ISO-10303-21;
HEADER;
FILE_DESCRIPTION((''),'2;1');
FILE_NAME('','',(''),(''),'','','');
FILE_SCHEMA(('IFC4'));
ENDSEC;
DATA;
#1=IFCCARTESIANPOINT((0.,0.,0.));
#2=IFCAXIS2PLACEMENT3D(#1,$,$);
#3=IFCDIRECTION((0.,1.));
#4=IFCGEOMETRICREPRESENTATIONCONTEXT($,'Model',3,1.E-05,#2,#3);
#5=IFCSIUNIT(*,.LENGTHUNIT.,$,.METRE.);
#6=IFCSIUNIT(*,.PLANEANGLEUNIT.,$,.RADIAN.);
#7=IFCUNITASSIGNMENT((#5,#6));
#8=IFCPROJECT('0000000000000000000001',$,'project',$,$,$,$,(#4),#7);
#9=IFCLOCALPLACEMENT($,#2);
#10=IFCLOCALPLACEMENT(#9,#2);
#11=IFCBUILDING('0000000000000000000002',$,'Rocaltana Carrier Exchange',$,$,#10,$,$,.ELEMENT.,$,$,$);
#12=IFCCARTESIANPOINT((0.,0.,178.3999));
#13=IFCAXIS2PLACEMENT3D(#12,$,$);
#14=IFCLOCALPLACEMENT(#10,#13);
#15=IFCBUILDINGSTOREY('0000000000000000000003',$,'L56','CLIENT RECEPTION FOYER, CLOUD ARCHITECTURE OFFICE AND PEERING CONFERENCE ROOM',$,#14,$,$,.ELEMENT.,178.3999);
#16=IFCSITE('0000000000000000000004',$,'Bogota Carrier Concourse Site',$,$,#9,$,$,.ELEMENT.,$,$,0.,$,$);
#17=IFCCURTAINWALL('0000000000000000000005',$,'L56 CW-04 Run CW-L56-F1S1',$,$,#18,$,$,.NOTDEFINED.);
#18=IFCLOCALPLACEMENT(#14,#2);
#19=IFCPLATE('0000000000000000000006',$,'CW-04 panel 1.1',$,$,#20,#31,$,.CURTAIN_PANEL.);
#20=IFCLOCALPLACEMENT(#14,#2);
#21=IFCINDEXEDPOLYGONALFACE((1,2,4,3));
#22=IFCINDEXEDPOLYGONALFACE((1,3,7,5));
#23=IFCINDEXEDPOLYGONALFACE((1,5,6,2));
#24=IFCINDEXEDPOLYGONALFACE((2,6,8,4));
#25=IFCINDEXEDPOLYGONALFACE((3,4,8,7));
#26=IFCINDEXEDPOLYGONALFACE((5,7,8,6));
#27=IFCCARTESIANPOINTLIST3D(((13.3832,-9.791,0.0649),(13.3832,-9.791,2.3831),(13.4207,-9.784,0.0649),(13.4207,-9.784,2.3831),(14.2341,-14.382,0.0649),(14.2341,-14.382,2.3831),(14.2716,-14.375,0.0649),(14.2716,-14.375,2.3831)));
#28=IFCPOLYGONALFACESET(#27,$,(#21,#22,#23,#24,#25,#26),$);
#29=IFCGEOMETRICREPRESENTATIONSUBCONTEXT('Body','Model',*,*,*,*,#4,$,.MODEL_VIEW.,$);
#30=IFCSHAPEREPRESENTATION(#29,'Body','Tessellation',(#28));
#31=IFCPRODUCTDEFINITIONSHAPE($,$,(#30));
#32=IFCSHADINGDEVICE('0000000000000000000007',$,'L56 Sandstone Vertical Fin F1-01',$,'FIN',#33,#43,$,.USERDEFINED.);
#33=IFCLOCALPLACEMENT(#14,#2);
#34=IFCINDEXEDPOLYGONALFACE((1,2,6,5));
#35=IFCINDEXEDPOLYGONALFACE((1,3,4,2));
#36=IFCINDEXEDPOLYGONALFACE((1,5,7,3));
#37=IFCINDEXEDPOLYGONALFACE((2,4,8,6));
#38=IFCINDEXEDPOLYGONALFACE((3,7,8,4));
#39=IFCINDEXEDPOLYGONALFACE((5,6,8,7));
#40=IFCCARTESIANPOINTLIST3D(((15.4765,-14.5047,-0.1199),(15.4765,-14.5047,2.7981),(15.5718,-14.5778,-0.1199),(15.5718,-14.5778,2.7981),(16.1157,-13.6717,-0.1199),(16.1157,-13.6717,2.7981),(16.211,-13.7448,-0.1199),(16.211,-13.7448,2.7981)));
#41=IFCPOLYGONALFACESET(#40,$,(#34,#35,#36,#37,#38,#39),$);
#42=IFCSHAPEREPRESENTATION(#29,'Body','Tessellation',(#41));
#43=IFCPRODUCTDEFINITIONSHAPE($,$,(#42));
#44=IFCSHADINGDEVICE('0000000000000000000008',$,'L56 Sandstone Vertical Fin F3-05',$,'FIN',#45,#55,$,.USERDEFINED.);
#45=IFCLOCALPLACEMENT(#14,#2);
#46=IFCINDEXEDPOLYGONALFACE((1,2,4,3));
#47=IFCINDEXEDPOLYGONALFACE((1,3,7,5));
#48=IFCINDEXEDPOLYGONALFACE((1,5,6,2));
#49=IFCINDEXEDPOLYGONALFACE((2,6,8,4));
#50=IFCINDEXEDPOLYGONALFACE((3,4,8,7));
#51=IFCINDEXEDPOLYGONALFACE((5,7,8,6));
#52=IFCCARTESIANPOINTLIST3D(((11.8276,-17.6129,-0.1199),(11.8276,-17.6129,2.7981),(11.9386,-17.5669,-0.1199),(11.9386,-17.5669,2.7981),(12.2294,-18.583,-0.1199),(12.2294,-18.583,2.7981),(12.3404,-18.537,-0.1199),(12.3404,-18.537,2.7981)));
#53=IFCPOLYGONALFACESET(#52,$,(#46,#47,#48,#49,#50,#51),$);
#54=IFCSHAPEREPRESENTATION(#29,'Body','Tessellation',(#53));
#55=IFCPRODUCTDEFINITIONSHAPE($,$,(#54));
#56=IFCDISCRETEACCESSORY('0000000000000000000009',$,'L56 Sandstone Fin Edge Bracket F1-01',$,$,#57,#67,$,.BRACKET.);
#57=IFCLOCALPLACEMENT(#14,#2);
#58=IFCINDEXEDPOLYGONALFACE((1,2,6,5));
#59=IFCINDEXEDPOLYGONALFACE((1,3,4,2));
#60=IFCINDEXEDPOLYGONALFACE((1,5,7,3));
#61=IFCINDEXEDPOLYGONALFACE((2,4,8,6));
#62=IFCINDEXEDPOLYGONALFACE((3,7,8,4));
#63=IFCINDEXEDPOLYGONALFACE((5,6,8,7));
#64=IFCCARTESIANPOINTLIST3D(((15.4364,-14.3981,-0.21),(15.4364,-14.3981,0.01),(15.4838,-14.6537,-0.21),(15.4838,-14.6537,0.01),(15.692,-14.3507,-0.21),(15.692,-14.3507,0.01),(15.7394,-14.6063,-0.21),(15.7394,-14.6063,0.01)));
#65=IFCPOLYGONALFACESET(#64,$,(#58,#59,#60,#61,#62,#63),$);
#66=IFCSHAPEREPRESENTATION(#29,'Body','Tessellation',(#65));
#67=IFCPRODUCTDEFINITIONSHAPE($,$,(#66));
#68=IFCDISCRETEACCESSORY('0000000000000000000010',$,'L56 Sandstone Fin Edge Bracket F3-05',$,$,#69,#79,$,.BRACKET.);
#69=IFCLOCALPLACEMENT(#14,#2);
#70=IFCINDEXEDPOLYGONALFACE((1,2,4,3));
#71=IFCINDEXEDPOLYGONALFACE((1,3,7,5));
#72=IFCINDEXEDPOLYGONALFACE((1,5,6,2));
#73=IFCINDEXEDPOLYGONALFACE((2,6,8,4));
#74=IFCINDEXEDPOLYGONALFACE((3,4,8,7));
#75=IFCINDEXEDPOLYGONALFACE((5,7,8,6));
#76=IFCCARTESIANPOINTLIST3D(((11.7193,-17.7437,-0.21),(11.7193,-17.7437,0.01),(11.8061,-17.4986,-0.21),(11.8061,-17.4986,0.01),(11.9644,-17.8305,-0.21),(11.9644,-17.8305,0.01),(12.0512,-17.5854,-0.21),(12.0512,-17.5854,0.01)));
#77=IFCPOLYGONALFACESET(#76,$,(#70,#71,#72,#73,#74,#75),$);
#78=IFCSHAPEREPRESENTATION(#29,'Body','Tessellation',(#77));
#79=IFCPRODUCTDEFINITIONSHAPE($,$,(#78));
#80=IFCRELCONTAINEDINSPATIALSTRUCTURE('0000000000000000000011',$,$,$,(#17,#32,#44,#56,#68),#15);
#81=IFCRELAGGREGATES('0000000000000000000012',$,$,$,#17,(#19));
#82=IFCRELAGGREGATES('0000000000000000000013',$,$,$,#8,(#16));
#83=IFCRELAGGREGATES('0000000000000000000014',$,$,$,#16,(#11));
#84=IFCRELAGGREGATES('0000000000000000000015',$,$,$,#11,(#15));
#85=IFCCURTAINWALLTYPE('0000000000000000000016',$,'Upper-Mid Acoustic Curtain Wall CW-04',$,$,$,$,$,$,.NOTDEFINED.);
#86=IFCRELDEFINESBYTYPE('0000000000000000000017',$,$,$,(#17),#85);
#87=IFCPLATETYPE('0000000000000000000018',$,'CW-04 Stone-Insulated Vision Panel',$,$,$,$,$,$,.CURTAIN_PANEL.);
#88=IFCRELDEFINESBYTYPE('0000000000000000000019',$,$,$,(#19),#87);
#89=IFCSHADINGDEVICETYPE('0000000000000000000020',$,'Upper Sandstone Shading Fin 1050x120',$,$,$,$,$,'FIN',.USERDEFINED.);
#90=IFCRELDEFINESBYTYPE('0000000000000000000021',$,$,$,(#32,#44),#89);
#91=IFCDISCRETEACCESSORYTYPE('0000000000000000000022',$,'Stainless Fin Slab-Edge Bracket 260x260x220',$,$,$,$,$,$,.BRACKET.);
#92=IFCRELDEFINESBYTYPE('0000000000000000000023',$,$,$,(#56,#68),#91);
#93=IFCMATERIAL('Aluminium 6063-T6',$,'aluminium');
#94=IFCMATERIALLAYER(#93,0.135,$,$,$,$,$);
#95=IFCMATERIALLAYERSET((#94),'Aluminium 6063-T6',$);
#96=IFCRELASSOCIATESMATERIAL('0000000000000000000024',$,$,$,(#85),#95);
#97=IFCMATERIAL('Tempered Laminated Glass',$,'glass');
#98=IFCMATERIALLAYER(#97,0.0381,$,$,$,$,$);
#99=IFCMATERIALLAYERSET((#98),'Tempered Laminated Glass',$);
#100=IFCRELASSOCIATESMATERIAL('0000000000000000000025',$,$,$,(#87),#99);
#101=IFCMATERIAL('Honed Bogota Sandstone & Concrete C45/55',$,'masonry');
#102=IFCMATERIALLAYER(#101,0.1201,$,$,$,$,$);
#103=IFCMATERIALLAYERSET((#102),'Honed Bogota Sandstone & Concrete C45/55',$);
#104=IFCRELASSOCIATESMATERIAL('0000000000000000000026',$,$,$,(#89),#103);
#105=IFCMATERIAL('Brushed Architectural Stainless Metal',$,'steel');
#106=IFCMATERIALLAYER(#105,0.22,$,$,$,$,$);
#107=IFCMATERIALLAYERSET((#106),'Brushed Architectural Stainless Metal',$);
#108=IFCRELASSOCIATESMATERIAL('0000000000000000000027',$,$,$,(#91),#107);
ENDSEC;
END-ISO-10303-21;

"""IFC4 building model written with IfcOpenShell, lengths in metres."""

from ifc_helpers import new_model, si_unit, direction, frame, origin, origin_2d, place, context, subcontext, project, spatial, rectangle, extrude, material, layer, layer_set, type_object, element, aggregate, save


model = new_model("IFC4")

# Units and contexts
model_context = context("Model", 3, precision=1e-05, world=origin(), true_north=direction((0.0, 1.0)))
body_context = subcontext(model_context, "Body", "Model", "MODEL_VIEW")
ifc_project = project(units=[si_unit("LENGTHUNIT", "METRE"), si_unit("PLANEANGLEUNIT", "RADIAN")], contexts=[model_context])

# Site, building, storey
site_placement = place(None, origin())
site = spatial("IfcSite", under=ifc_project, at=site_placement, Name="Bogota Carrier Concourse Site", CompositionType="ELEMENT", RefElevation=0.0)
building_placement = place(site_placement, origin())
building = spatial("IfcBuilding", under=site, at=building_placement, Name="Rocaltana Carrier Exchange", CompositionType="ELEMENT")
storey_placement = place(building_placement, frame((0.0, 0.0, 178.3999)))
storey = spatial("IfcBuildingStorey", under=building, at=storey_placement, Name="L56", Description="CLIENT RECEPTION FOYER, CLOUD ARCHITECTURE OFFICE AND PEERING CONFERENCE ROOM", CompositionType="ELEMENT", Elevation=178.3999)

# Curtain wall
ifc_material_1 = material(Name="Aluminium 6063-T6", Category="aluminium")
ifc_layer_1 = layer(ifc_material_1, 0.135)
ifc_layer_set_1 = layer_set([ifc_layer_1], Name="Aluminium 6063-T6")
curtain_wall_type = type_object("IfcCurtainWallType", Name="Upper-Mid Acoustic Curtain Wall CW-04", PredefinedType="NOTDEFINED", material=ifc_layer_set_1)
curtain_wall_1_placement = place(storey_placement, origin())
curtain_wall_1 = element("IfcCurtainWall", 1, at=curtain_wall_1_placement, inside=storey, type_object=curtain_wall_type, Name="L56 CW-04 Run CW-L56-F1S1", PredefinedType="NOTDEFINED")

# Plate
ifc_material_2 = material(Name="Tempered Laminated Glass", Category="glass")
ifc_layer_2 = layer(ifc_material_2, 0.0381)
ifc_layer_set_2 = layer_set([ifc_layer_2], Name="Tempered Laminated Glass")
plate_type = type_object("IfcPlateType", Name="CW-04 Stone-Insulated Vision Panel", PredefinedType="CURTAIN_PANEL", material=ifc_layer_set_2)
plate_placement = place(storey_placement, frame((13.8274, -12.083, 0.0649), z_axis=(0.0, 0.0, 1.0), x_axis=(-0.182234, 0.983255, 0.0)))
plate = element("IfcPlate", 2, at=plate_placement, type_object=plate_type, Name="CW-04 panel 1.1", PredefinedType="CURTAIN_PANEL", context=body_context, shape_type="SweptSolid", body=[
    extrude(rectangle(XDim=4.6692, YDim=0.0381, at=origin_2d()), origin(), (0.0, 0.0, 1.0), 2.3181),
])
aggregate(curtain_wall_1, [plate])

# Shading devices
ifc_material_3 = material(Name="Honed Bogota Sandstone & Concrete C45/55", Category="masonry")
ifc_layer_3 = layer(ifc_material_3, 0.1201)
ifc_layer_set_3 = layer_set([ifc_layer_3], Name="Honed Bogota Sandstone & Concrete C45/55")
shading_device_type = type_object("IfcShadingDeviceType", Name="Upper Sandstone Shading Fin 1050x120", ElementType="FIN", PredefinedType="USERDEFINED", material=ifc_layer_set_3)
for number, where, z_axis, x_axis, name in (
    (3, (15.8438, -14.1248, -0.1199), (0.0, 0.0, 1.0), (0.608761, 0.793353, 0.0), "L56 Sandstone Vertical Fin F1-01"),
    (4, (12.084, -18.075, -0.1199), (0.0, 0.0, 1.0), (0.382683, -0.92388, 0.0), "L56 Sandstone Vertical Fin F3-05"),
):
    element("IfcShadingDevice", number, at=place(storey_placement, frame(where, z_axis=z_axis, x_axis=x_axis)), inside=storey, type_object=shading_device_type, Name=name, ObjectType="FIN", PredefinedType="USERDEFINED", context=body_context, shape_type="SweptSolid", body=[
        extrude(rectangle(XDim=1.05, YDim=0.1201, at=origin_2d()), origin(), (0.0, 0.0, 1.0), 2.918),
    ])

# Discrete accessories
ifc_material_4 = material(Name="Brushed Architectural Stainless Metal", Category="steel")
ifc_layer_4 = layer(ifc_material_4, 0.22)
ifc_layer_set_4 = layer_set([ifc_layer_4], Name="Brushed Architectural Stainless Metal")
discrete_accessory_type = type_object("IfcDiscreteAccessoryType", Name="Stainless Fin Slab-Edge Bracket 260x260x220", PredefinedType="BRACKET", material=ifc_layer_set_4)
for number, where, z_axis, x_axis, name in (
    (5, (15.5879, -14.5022, -0.21), (0.0, 0.0, 1.0), (-0.182236, 0.983255, 0.0), "L56 Sandstone Fin Edge Bracket F1-01"),
    (6, (11.8853, -17.6646, -0.21), (0.0, 0.0, 1.0), (0.942641, -0.333807, 0.0), "L56 Sandstone Fin Edge Bracket F3-05"),
):
    element("IfcDiscreteAccessory", number, at=place(storey_placement, frame(where, z_axis=z_axis, x_axis=x_axis)), inside=storey, type_object=discrete_accessory_type, Name=name, PredefinedType="BRACKET", context=body_context, shape_type="SweptSolid", body=[
        extrude(rectangle(XDim=0.26, YDim=0.26, at=origin_2d()), origin(), (0.0, 0.0, 1.0), 0.22),
    ])

save(model, "model.ifc")
